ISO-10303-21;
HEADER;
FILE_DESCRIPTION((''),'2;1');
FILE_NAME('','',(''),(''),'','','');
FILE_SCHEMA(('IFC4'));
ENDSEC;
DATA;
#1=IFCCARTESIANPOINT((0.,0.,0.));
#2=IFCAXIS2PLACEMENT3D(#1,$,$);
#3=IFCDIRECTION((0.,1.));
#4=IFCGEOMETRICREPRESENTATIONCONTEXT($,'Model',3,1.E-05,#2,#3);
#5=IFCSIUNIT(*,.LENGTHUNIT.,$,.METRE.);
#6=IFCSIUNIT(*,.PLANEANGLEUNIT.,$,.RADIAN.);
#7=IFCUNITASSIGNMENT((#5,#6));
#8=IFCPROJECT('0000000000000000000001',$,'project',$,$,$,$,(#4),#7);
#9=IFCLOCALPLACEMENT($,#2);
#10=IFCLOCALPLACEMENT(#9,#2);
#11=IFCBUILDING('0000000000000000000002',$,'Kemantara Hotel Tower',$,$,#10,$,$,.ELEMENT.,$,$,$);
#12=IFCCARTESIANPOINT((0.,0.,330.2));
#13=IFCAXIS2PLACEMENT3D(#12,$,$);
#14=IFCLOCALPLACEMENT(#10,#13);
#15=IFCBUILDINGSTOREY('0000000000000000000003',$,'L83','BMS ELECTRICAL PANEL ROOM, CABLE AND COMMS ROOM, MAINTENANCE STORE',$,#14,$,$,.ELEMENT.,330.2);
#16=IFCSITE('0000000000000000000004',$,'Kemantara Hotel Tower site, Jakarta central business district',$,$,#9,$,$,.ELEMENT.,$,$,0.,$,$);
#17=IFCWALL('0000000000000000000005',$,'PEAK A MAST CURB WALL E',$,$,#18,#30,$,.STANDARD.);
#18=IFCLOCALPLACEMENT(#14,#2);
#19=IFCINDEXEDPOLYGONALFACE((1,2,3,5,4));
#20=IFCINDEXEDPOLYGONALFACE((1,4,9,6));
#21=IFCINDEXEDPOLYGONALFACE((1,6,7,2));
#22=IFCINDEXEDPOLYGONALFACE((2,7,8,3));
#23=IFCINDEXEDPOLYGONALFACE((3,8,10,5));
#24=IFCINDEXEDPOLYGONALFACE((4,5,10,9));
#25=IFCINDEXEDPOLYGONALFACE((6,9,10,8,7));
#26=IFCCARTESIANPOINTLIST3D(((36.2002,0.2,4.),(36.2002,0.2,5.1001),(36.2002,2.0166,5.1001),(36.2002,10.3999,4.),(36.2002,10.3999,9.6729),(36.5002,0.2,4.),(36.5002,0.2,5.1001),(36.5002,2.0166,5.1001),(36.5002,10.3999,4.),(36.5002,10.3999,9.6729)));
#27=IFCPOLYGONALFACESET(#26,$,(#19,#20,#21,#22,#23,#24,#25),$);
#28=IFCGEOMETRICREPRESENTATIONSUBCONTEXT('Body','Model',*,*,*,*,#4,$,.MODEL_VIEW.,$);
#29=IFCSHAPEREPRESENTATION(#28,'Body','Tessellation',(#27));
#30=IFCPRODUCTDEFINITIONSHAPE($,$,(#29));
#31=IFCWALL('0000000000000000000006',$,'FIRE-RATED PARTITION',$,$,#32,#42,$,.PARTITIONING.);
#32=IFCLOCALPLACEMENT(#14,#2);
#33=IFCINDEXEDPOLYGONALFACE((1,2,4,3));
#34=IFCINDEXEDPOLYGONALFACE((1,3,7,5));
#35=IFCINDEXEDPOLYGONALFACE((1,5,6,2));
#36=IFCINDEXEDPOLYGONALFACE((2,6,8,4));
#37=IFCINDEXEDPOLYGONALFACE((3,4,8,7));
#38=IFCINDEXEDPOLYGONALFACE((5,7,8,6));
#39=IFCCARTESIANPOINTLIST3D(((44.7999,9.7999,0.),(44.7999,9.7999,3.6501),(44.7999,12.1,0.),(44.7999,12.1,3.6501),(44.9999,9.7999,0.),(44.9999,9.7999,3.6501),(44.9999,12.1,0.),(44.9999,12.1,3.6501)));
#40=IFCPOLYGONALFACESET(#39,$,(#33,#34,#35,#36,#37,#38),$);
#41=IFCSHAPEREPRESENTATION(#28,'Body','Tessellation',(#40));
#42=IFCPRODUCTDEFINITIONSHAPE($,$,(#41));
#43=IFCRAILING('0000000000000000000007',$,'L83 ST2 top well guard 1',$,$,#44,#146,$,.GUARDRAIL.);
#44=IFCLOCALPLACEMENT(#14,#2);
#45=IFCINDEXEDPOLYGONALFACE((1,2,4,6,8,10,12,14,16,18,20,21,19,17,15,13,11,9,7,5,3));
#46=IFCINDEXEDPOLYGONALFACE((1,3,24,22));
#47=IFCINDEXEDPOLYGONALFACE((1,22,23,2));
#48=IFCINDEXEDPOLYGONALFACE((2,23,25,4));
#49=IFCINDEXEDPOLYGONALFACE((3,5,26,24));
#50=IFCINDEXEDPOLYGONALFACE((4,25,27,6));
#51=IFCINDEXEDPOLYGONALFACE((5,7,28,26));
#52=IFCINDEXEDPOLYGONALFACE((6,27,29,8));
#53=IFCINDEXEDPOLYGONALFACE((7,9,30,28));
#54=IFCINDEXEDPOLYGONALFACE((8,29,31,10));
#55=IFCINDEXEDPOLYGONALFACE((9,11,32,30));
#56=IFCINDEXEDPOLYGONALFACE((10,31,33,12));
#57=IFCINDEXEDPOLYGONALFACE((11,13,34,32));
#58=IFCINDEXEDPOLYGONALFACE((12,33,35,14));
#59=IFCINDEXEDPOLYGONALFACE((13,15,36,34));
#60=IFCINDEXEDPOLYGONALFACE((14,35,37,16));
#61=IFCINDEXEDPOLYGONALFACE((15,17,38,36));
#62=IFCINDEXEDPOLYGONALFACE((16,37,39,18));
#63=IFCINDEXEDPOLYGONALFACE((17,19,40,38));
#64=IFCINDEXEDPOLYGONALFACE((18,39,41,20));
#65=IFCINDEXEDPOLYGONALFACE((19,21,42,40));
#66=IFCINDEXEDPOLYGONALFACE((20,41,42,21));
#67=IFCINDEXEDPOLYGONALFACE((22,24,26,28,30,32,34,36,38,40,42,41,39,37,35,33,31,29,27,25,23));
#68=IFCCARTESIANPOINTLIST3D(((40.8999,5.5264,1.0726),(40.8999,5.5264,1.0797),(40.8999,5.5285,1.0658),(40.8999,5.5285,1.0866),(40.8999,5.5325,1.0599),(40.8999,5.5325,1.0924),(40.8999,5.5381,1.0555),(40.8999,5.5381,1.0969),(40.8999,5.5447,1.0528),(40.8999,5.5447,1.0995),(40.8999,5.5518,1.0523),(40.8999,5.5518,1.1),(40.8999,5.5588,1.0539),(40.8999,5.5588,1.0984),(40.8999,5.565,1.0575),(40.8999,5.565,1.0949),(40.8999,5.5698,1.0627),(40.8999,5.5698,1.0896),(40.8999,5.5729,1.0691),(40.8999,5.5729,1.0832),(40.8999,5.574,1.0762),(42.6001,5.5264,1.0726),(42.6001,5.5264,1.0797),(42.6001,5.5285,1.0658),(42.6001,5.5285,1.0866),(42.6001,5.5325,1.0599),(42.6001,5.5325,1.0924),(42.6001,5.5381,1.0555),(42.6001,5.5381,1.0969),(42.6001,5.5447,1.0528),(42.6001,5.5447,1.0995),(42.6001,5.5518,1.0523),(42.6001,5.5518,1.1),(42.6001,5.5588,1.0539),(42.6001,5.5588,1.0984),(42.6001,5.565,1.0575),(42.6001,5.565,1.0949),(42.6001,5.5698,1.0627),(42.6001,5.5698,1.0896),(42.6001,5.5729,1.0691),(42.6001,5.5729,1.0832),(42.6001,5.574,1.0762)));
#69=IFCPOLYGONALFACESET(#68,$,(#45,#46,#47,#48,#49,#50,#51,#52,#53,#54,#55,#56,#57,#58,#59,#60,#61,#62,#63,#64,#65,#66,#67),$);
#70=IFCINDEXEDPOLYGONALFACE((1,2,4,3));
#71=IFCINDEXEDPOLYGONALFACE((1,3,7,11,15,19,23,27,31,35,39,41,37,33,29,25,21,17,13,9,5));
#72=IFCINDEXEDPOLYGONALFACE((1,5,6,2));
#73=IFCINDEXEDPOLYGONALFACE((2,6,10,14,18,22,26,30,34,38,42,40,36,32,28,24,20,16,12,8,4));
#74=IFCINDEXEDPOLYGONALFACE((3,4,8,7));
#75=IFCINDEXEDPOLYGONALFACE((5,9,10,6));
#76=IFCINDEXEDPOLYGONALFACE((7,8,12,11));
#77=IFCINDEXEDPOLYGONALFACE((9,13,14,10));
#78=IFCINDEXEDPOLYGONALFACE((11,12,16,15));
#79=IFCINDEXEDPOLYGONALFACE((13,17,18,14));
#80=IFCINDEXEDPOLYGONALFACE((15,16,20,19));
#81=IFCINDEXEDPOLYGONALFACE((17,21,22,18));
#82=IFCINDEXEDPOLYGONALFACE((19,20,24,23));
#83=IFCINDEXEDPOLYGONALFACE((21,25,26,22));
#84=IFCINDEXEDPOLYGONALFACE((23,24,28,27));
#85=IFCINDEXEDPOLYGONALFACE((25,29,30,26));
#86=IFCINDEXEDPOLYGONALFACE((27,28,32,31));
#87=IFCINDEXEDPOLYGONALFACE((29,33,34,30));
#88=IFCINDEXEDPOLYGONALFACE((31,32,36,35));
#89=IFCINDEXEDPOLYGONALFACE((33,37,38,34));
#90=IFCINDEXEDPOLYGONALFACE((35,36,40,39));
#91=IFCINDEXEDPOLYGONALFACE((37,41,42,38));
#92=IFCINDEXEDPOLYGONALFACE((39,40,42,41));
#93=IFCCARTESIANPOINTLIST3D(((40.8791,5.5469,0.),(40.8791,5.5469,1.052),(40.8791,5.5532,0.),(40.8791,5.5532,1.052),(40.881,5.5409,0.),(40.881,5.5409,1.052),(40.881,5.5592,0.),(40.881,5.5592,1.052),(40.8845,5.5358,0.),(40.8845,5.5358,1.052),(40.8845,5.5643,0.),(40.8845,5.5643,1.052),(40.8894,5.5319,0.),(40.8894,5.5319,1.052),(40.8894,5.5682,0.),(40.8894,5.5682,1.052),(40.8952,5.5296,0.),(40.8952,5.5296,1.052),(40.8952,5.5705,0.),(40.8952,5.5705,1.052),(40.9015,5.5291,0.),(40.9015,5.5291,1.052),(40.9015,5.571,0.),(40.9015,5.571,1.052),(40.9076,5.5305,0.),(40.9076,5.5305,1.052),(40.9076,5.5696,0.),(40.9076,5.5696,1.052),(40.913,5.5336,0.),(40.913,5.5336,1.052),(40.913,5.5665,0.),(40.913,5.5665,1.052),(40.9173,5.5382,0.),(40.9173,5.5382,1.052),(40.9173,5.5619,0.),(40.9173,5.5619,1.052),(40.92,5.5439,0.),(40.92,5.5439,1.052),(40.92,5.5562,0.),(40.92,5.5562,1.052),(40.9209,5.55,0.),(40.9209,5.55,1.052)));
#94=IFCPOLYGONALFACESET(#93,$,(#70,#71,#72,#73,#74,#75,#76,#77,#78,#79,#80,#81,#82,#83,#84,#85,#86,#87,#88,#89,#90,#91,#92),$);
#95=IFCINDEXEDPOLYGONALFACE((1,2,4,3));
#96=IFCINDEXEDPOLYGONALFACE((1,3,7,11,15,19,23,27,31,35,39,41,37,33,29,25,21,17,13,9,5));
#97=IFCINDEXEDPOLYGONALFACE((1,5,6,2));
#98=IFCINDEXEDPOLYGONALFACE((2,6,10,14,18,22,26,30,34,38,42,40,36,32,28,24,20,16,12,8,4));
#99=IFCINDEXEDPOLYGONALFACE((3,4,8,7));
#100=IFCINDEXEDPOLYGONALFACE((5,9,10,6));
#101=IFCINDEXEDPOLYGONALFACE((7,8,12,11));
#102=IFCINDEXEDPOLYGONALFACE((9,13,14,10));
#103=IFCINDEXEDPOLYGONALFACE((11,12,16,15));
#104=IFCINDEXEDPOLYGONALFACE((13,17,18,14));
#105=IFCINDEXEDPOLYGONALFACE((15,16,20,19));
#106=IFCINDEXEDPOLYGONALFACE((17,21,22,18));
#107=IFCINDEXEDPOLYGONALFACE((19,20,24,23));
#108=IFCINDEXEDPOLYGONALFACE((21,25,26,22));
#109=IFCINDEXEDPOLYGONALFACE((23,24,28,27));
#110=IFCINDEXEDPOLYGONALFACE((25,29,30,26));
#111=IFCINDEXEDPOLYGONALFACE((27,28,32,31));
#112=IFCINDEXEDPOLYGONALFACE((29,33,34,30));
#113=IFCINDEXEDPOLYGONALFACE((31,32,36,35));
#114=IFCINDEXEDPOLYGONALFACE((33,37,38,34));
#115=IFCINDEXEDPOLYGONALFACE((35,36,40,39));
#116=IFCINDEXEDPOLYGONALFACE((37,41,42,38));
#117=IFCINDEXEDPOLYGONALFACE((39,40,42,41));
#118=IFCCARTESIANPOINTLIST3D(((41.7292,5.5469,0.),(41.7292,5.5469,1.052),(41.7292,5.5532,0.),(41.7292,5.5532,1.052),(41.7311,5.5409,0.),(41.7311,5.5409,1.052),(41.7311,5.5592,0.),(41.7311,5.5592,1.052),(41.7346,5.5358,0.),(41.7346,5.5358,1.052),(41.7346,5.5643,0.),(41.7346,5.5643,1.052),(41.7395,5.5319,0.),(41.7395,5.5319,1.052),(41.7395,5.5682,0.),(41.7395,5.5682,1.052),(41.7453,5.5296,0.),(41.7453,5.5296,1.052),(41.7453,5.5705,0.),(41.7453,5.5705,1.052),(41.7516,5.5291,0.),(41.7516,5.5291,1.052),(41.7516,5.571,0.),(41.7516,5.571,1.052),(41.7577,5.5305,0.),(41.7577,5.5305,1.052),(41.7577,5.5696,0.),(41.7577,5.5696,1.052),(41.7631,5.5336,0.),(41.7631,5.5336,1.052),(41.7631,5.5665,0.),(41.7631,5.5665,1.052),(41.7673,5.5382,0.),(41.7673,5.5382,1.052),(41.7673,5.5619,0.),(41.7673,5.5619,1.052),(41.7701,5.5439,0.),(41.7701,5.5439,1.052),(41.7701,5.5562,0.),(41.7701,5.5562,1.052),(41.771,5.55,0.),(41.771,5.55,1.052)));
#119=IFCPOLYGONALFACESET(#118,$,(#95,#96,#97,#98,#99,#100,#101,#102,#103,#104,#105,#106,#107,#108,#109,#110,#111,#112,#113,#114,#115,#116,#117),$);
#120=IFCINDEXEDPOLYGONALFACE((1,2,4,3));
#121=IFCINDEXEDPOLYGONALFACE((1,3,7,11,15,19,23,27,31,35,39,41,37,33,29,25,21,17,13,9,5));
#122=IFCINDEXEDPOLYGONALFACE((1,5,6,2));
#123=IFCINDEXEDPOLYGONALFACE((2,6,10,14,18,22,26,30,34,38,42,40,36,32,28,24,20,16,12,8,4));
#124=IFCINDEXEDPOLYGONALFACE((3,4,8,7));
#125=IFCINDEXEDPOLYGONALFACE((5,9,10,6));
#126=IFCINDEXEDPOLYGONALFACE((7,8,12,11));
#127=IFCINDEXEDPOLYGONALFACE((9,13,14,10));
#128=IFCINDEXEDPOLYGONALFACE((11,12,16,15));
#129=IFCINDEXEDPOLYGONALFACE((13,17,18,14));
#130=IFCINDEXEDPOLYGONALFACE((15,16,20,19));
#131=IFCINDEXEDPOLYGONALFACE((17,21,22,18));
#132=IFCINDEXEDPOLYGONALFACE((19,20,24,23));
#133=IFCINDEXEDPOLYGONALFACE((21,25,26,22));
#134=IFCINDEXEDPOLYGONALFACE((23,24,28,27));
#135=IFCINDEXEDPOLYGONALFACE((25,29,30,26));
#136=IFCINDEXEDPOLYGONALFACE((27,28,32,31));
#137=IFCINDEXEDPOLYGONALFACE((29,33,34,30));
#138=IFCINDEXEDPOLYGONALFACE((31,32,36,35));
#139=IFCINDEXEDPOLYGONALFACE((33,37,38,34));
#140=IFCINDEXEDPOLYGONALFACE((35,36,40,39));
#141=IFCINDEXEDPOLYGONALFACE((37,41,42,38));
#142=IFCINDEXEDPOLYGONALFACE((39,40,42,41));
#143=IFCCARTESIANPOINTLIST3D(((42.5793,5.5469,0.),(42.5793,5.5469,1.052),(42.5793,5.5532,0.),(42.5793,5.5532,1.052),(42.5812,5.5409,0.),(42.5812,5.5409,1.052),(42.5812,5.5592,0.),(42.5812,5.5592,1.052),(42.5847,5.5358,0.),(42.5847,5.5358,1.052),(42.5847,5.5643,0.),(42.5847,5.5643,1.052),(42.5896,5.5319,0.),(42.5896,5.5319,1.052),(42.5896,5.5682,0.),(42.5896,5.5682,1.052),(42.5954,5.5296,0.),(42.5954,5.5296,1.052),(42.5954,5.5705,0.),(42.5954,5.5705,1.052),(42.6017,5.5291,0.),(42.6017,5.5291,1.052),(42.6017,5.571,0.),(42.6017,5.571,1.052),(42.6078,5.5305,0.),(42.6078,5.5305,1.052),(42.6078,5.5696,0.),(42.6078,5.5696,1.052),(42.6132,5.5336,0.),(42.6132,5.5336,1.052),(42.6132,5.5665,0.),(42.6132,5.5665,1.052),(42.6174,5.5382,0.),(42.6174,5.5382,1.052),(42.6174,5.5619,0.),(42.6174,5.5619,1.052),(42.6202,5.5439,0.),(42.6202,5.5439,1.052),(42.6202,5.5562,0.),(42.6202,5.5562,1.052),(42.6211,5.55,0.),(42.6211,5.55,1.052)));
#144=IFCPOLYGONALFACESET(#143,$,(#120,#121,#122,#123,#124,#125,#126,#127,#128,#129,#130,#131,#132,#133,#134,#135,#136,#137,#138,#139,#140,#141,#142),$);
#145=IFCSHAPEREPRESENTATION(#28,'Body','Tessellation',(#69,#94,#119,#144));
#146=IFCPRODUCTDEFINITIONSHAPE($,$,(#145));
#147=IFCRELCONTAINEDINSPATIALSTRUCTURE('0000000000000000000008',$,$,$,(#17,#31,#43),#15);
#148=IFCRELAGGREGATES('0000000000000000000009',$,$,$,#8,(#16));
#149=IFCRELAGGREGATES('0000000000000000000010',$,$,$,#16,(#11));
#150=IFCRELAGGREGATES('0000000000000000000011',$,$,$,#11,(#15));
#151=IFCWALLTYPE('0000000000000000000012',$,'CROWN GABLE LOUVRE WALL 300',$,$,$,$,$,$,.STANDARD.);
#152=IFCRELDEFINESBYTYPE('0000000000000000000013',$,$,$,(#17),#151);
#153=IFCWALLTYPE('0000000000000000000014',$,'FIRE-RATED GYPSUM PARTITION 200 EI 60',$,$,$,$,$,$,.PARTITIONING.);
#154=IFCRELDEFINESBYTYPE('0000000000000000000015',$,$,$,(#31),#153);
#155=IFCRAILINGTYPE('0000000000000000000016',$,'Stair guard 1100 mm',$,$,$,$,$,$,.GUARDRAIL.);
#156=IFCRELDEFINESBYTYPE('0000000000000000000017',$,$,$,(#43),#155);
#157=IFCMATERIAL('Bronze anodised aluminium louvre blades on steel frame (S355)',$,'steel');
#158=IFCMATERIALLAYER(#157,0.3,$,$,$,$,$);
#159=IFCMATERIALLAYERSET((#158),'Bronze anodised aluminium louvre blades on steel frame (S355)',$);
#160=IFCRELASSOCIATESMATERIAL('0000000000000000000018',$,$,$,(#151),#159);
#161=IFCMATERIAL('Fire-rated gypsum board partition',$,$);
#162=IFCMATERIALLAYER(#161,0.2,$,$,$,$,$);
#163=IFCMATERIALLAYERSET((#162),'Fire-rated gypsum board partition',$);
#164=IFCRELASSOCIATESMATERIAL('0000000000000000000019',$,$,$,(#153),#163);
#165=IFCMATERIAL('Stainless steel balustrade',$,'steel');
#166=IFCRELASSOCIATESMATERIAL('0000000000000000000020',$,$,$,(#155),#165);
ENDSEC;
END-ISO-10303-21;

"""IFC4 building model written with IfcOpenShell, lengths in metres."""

from ifc_helpers import new_model, si_unit, direction, frame, frame_2d, origin, origin_2d, place, context, subcontext, project, spatial, polyline, rectangle, circle, outline, extrude, material, layer, layer_set, type_object, element, save


model = new_model("IFC4")

# Units and contexts
model_context = context("Model", 3, precision=1e-05, world=origin(), true_north=direction((0.0, 1.0)))
body_context = subcontext(model_context, "Body", "Model", "MODEL_VIEW")
ifc_project = project(units=[si_unit("LENGTHUNIT", "METRE"), si_unit("PLANEANGLEUNIT", "RADIAN")], contexts=[model_context])

# Site, building, storey
site_placement = place(None, origin())
site = spatial("IfcSite", under=ifc_project, at=site_placement, Name="Kemantara Hotel Tower site, Jakarta central business district", CompositionType="ELEMENT", RefElevation=0.0)
building_placement = place(site_placement, origin())
building = spatial("IfcBuilding", under=site, at=building_placement, Name="Kemantara Hotel Tower", CompositionType="ELEMENT")
storey_placement = place(building_placement, frame((0.0, 0.0, 330.2)))
storey = spatial("IfcBuildingStorey", under=building, at=storey_placement, Name="L83", Description="BMS ELECTRICAL PANEL ROOM, CABLE AND COMMS ROOM, MAINTENANCE STORE", CompositionType="ELEMENT", Elevation=330.2)

# Walls
ifc_material_1 = material(Name="Bronze anodised aluminium louvre blades on steel frame (S355)", Category="steel")
ifc_layer_1 = layer(ifc_material_1, 0.3)
ifc_layer_set_1 = layer_set([ifc_layer_1], Name="Bronze anodised aluminium louvre blades on steel frame (S355)")
wall_type_1 = type_object("IfcWallType", Name="CROWN GABLE LOUVRE WALL 300", PredefinedType="STANDARD", material=ifc_layer_set_1)
wall_1_placement = place(storey_placement, frame((36.3501, 0.2, 4.0), z_axis=(0.0, 0.0, 1.0), x_axis=(0.0, 1.0, 0.0)))
element("IfcWall", 1, at=wall_1_placement, inside=storey, type_object=wall_type_1, Name="PEAK A MAST CURB WALL E", PredefinedType="STANDARD", context=body_context, shape_type="SweptSolid", body=[
    extrude(outline(polyline([(0.0, 0.0), (10.2, 0.0), (10.2, 5.6729), (1.8167, 1.1001), (0.0, 1.1001), (0.0, 0.0)])), frame((0.0, 0.1499, 0.0), z_axis=(0.0, -1.0, 0.0), x_axis=(1.0, 0.0, 0.0)), (0.0, 0.0, 1.0), 0.3),
])
ifc_material_2 = material(Name="Fire-rated gypsum board partition")
ifc_layer_2 = layer(ifc_material_2, 0.2)
ifc_layer_set_2 = layer_set([ifc_layer_2], Name="Fire-rated gypsum board partition")
wall_type_2 = type_object("IfcWallType", Name="FIRE-RATED GYPSUM PARTITION 200 EI 60", PredefinedType="PARTITIONING", material=ifc_layer_set_2)
wall_2_placement = place(storey_placement, frame((44.8999, 9.8, 0.0), z_axis=(0.0, 0.0, 1.0), x_axis=(0.0, 1.0, 0.0)))
element("IfcWall", 2, at=wall_2_placement, inside=storey, type_object=wall_type_2, Name="FIRE-RATED PARTITION", PredefinedType="PARTITIONING", context=body_context, shape_type="SweptSolid", body=[
    extrude(rectangle(XDim=2.3, YDim=0.2, at=frame_2d((1.1499, 0.0))), origin(), (0.0, 0.0, 1.0), 3.6501),
])

# Railing
ifc_material_3 = material(Name="Stainless steel balustrade", Category="steel")
railing_type = type_object("IfcRailingType", Name="Stair guard 1100 mm", PredefinedType="GUARDRAIL", material=ifc_material_3)
railing_placement = place(storey_placement, frame((40.8999, 5.55, 0.0)))
element("IfcRailing", 3, at=railing_placement, inside=storey, type_object=railing_type, Name="L83 ST2 top well guard 1", PredefinedType="GUARDRAIL", context=body_context, shape_type="SweptSolid", body=[
    extrude(circle(Radius=0.0239, at=origin_2d()), frame((0.0, 0.0, 1.0762), z_axis=(1.0, 0.0, 0.0), x_axis=(0.0, 1.0, 0.0)), (0.0, 0.0, 1.0), 1.7002),
    extrude(circle(Radius=0.021, at=origin_2d()), origin(), (0.0, 0.0, 1.0), 1.052),
    extrude(circle(Radius=0.021, at=origin_2d()), frame((0.8501, 0.0, 0.0)), (0.0, 0.0, 1.0), 1.052),
    extrude(circle(Radius=0.021, at=origin_2d()), frame((1.7002, 0.0, 0.0)), (0.0, 0.0, 1.0), 1.052),
])

save(model, "model.ifc")
